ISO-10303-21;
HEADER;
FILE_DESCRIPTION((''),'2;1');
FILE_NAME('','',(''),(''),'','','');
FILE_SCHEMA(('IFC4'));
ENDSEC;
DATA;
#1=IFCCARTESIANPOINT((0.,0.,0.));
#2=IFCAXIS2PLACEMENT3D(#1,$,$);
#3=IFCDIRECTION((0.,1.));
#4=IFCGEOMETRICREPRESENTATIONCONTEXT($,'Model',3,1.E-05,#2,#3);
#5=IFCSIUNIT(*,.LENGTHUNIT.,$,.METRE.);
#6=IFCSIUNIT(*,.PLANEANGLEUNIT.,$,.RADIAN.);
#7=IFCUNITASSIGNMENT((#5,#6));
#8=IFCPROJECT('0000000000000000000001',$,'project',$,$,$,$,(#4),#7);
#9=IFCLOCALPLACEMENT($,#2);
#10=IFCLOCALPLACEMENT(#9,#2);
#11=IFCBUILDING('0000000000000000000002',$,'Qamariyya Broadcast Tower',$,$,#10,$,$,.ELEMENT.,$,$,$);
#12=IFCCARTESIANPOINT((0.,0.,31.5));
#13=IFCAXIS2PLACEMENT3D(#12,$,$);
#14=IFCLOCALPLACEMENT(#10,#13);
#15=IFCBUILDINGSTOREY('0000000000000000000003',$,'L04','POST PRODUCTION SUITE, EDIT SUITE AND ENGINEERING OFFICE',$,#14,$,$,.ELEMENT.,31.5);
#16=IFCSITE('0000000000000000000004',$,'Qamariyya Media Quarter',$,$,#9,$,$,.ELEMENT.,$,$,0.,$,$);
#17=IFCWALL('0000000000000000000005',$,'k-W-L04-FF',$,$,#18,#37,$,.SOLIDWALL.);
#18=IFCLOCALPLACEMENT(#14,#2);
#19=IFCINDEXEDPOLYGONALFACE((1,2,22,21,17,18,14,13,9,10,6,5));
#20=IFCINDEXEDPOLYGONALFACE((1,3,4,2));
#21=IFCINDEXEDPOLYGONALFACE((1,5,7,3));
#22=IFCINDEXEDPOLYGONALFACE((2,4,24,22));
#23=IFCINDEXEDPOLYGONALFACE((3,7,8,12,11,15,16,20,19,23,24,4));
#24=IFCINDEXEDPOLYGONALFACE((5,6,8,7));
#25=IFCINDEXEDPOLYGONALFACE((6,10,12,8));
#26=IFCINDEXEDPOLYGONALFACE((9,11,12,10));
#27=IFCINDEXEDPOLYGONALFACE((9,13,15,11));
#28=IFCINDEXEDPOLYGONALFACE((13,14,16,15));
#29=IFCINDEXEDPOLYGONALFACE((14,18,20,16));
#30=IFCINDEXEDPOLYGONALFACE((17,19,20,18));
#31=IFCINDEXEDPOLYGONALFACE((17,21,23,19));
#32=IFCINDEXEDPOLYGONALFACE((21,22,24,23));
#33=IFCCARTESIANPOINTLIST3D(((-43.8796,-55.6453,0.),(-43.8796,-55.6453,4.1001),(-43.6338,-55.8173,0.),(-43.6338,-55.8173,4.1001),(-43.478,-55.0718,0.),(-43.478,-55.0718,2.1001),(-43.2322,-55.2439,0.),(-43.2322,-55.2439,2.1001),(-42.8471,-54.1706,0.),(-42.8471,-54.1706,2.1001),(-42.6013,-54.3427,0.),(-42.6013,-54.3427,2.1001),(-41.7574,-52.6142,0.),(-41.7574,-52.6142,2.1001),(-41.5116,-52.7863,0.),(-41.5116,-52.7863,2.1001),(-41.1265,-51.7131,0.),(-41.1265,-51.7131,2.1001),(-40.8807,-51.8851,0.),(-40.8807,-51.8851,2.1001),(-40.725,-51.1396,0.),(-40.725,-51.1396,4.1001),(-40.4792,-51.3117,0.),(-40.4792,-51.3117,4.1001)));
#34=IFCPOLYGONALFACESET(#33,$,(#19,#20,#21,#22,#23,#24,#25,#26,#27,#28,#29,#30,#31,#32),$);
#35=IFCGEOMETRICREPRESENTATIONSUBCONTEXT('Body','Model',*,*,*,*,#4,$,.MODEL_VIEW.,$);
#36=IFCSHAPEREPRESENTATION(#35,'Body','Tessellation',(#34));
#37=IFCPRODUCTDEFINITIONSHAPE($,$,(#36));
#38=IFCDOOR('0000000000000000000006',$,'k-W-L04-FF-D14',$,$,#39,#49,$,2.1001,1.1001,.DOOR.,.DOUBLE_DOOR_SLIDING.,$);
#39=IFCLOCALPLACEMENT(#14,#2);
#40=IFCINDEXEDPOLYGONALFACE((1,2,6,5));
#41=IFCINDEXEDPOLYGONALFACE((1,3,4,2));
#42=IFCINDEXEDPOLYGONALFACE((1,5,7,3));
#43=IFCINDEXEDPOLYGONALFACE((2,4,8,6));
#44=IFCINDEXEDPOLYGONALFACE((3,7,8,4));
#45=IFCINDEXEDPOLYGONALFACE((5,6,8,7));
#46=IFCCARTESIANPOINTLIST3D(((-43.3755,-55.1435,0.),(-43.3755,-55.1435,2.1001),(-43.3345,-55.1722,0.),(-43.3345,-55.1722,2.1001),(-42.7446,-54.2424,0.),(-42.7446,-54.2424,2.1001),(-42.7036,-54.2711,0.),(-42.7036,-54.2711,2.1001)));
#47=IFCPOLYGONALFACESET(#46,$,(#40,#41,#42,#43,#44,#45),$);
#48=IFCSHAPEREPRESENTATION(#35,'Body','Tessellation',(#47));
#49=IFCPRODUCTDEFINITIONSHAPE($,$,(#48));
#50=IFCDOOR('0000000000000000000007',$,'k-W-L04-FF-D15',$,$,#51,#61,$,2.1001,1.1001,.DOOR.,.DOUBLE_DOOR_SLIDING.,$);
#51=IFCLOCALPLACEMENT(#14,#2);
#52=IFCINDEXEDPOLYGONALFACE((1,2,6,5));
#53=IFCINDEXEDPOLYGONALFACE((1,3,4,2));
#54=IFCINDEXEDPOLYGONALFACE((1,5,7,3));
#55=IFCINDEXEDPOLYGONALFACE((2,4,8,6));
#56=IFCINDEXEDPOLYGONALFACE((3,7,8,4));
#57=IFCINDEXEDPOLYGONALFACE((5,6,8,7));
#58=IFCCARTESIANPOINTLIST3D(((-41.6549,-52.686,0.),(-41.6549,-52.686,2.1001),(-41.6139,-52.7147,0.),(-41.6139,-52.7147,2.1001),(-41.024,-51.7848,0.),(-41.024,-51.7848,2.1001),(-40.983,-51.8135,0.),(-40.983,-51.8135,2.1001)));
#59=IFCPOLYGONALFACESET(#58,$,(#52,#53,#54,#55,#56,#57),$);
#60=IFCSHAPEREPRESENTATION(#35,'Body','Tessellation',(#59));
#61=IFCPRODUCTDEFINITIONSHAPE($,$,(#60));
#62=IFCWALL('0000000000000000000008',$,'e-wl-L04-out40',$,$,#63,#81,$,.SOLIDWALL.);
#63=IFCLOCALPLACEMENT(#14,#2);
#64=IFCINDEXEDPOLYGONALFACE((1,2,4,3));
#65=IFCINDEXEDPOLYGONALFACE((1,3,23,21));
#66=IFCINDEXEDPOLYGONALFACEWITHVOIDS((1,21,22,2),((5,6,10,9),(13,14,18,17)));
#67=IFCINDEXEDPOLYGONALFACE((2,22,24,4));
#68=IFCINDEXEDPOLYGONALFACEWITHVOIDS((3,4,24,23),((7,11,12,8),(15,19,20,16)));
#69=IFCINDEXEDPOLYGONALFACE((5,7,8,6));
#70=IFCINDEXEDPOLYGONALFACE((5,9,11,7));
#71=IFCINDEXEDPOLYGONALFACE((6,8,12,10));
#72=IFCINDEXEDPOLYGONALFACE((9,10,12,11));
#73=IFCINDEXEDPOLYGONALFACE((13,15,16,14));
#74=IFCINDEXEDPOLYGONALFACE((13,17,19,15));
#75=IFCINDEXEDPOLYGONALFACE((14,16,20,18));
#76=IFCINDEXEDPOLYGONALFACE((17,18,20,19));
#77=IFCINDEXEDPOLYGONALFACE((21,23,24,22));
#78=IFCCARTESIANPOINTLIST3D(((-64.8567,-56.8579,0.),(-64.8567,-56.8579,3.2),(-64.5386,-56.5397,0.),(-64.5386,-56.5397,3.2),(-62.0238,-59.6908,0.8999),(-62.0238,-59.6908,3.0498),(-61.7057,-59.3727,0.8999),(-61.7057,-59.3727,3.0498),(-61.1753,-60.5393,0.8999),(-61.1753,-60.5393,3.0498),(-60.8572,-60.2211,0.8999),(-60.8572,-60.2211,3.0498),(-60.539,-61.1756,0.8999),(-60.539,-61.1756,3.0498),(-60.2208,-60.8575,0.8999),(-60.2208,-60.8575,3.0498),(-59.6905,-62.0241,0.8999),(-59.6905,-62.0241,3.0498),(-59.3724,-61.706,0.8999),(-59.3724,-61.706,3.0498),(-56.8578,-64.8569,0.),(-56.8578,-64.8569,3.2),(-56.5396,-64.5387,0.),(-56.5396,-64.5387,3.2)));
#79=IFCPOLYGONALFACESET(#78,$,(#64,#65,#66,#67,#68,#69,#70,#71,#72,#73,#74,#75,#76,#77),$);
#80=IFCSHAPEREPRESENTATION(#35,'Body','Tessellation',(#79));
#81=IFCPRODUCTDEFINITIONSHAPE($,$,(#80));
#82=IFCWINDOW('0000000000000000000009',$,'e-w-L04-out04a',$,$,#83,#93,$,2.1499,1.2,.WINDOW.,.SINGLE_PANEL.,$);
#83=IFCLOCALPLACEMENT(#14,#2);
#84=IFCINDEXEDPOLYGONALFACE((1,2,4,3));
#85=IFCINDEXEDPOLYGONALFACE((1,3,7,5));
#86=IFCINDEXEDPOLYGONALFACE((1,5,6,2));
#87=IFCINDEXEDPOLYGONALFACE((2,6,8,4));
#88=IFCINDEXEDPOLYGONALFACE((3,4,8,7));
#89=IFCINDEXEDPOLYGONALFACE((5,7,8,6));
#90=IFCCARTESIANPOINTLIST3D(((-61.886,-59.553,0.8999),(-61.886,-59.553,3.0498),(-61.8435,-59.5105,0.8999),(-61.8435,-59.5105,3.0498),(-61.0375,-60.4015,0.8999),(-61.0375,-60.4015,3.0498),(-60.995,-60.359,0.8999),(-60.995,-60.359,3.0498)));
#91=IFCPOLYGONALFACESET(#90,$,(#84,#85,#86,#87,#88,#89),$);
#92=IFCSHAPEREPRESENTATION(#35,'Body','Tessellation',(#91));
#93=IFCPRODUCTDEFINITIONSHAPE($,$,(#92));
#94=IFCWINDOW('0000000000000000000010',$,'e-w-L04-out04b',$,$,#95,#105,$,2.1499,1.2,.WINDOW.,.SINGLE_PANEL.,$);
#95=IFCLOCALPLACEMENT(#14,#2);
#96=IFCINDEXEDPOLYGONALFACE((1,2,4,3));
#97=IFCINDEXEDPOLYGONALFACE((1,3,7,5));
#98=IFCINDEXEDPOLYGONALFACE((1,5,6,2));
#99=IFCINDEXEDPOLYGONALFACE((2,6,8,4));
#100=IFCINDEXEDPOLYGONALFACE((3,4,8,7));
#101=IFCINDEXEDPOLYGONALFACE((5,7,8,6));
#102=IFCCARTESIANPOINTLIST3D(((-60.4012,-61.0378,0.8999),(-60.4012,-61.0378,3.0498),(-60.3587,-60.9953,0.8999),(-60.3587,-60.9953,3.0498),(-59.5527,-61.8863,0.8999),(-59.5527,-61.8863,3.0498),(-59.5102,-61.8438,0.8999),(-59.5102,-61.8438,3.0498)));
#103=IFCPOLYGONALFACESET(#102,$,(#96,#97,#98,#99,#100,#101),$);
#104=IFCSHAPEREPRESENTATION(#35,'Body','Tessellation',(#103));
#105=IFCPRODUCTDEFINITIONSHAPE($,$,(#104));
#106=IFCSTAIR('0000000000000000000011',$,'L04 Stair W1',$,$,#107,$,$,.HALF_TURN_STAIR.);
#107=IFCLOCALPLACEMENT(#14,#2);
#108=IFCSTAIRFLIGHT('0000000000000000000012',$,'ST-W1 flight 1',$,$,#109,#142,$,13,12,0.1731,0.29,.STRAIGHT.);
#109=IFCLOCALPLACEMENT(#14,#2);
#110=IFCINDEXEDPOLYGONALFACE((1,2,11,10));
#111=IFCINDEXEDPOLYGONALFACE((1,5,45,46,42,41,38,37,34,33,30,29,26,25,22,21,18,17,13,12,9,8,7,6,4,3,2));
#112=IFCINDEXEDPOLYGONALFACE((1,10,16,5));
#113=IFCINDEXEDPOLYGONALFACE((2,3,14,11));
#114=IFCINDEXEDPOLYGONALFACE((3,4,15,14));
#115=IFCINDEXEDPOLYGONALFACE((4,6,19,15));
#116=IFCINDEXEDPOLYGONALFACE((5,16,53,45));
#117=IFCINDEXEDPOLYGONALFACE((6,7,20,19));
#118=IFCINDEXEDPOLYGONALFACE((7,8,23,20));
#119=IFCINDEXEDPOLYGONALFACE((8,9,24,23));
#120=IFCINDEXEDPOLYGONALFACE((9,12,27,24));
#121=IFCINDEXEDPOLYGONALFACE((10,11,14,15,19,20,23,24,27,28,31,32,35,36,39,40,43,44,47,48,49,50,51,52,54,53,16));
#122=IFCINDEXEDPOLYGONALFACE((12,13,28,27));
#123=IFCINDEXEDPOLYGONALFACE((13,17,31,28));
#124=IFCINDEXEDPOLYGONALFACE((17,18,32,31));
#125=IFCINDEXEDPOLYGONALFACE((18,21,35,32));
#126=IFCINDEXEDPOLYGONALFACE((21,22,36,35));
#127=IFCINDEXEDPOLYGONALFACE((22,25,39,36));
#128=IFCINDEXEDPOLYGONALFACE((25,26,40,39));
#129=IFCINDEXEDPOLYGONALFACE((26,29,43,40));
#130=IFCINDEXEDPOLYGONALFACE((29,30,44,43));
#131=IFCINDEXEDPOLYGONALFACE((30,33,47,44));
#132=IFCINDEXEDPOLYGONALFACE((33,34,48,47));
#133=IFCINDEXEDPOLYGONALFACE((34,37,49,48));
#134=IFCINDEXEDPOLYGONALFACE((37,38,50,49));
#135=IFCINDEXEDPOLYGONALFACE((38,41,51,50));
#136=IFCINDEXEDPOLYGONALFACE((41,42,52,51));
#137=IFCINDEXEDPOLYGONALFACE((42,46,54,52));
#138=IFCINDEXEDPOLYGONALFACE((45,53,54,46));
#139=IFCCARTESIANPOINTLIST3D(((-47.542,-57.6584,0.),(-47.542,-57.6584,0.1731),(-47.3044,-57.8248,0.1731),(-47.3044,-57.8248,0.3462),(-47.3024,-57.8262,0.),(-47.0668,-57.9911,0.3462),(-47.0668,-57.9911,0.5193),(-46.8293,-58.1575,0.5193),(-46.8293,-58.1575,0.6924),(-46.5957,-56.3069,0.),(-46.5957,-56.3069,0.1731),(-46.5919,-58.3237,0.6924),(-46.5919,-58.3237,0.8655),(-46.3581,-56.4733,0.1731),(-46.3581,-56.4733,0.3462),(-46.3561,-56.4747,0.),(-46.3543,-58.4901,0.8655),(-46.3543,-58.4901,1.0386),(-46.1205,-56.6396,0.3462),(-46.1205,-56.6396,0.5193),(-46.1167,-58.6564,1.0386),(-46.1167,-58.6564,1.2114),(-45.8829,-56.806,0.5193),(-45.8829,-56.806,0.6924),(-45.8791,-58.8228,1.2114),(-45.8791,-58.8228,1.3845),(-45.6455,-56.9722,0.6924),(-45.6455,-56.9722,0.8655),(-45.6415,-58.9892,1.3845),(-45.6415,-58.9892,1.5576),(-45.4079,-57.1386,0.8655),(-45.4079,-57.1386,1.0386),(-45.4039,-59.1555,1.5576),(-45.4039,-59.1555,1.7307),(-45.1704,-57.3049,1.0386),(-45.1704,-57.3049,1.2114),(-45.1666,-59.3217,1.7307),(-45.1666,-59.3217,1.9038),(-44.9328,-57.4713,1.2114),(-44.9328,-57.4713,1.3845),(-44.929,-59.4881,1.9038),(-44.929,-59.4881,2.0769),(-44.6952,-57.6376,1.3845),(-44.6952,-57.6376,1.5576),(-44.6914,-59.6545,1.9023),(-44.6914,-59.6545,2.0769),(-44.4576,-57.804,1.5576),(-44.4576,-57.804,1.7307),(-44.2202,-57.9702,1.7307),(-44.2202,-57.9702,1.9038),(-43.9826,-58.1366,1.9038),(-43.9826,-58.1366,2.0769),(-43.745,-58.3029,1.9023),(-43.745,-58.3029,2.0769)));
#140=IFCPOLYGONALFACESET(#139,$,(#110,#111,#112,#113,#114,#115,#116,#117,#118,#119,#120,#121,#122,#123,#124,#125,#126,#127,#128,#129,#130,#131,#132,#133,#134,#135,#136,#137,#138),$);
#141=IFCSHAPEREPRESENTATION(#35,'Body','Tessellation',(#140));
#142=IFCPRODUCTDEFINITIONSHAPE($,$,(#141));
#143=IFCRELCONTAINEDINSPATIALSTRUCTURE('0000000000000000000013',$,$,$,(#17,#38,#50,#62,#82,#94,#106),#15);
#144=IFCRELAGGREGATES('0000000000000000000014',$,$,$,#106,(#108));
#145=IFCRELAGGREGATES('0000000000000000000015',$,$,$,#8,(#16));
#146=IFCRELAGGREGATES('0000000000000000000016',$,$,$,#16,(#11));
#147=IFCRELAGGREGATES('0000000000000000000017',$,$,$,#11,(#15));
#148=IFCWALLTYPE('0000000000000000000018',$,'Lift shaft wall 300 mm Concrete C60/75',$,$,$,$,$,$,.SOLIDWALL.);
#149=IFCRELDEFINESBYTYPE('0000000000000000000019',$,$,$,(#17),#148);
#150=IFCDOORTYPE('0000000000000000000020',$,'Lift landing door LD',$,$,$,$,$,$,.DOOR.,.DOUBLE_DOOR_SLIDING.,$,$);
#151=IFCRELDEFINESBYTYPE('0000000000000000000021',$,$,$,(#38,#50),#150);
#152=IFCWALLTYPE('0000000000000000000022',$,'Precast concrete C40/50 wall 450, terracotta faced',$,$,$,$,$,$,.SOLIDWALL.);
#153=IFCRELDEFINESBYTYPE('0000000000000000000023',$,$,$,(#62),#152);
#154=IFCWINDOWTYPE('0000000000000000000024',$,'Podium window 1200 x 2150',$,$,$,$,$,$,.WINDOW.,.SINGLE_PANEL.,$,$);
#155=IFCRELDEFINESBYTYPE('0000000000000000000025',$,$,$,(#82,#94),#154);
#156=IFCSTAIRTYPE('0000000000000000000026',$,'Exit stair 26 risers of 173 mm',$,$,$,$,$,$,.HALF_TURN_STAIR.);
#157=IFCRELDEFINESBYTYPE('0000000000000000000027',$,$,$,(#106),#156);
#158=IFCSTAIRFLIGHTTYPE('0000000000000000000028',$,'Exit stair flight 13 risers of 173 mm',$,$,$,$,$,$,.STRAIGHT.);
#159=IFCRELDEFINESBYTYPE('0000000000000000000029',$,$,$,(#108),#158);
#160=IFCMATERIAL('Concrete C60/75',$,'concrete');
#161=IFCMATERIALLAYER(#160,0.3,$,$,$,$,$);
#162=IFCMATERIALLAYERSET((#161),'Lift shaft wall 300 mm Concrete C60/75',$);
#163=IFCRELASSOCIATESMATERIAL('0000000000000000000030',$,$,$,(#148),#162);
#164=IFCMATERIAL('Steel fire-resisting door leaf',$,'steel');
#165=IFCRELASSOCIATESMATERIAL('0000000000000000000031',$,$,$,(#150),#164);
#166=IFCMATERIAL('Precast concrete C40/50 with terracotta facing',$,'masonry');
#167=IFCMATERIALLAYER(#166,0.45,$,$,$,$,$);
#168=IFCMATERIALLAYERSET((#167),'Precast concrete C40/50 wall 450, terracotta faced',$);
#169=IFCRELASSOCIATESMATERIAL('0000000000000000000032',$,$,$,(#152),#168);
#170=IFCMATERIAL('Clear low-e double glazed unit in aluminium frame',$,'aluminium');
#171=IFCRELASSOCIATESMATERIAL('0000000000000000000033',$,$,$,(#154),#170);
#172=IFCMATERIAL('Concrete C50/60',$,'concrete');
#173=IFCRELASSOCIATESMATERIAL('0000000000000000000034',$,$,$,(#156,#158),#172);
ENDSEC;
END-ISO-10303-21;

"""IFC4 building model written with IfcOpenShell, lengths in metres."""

from ifc_helpers import new_model, si_unit, direction, frame, frame_2d, origin, place, context, subcontext, project, spatial, polyline, rectangle, outline, extrude, material, layer, layer_set, type_object, element, fill, aggregate, save


model = new_model("IFC4")

# Units and contexts
model_context = context("Model", 3, precision=1e-05, world=origin(), true_north=direction((0.0, 1.0)))
body_context = subcontext(model_context, "Body", "Model", "MODEL_VIEW")
ifc_project = project(units=[si_unit("LENGTHUNIT", "METRE"), si_unit("PLANEANGLEUNIT", "RADIAN")], contexts=[model_context])

# Site, building, storey
site_placement = place(None, origin())
site = spatial("IfcSite", under=ifc_project, at=site_placement, Name="Qamariyya Media Quarter", CompositionType="ELEMENT", RefElevation=0.0)
building_placement = place(site_placement, origin())
building = spatial("IfcBuilding", under=site, at=building_placement, Name="Qamariyya Broadcast Tower", CompositionType="ELEMENT")
storey_placement = place(building_placement, frame((0.0, 0.0, 31.5)))
storey = spatial("IfcBuildingStorey", under=building, at=storey_placement, Name="L04", Description="POST PRODUCTION SUITE, EDIT SUITE AND ENGINEERING OFFICE", CompositionType="ELEMENT", Elevation=31.5)

# Shared definitions
ifc_material_1 = material(Name="Concrete C50/60", Category="concrete")

# Shared definitions
ifc_material_2 = material(Name="Steel fire-resisting door leaf", Category="steel")

# Wall, openings, doors
ifc_material_3 = material(Name="Concrete C60/75", Category="concrete")
ifc_layer_1 = layer(ifc_material_3, 0.3)
ifc_layer_set_1 = layer_set([ifc_layer_1], Name="Lift shaft wall 300 mm Concrete C60/75")
wall_type_1 = type_object("IfcWallType", Name="Lift shaft wall 300 mm Concrete C60/75", PredefinedType="SOLIDWALL", material=ifc_layer_set_1)
wall_1_placement = place(storey_placement, frame((-43.7566, -55.7312, 0.0), z_axis=(0.0, 0.0, 1.0), x_axis=(0.573537, 0.81918, 0.0)))
wall_1 = element("IfcWall", 1, at=wall_1_placement, inside=storey, type_object=wall_type_1, Name="k-W-L04-FF", PredefinedType="SOLIDWALL", context=body_context, shape_type="SweptSolid", body=[
    extrude(rectangle(XDim=5.5002, YDim=0.3, at=frame_2d((2.75, 0.0))), origin(), (0.0, 0.0, 1.0), 4.1001),
])
opening_1_placement = place(wall_1_placement, frame((0.7, 0.0, 0.0)))
opening_1 = element("IfcOpeningElement", 2, at=opening_1_placement, cuts=wall_1, PredefinedType="OPENING", context=body_context, shape_type="SweptSolid", body=[
    extrude(rectangle(XDim=1.1001, YDim=2.1001, at=frame_2d((0.55, 1.05))), frame((0.0, 0.1599, 0.0), z_axis=(0.0, -1.0, 0.0), x_axis=(1.0, 0.0, 0.0)), (0.0, 0.0, 1.0), 0.3201),
])
opening_2_placement = place(wall_1_placement, frame((3.7, 0.0, 0.0)))
opening_2 = element("IfcOpeningElement", 3, at=opening_2_placement, cuts=wall_1, PredefinedType="OPENING", context=body_context, shape_type="SweptSolid", body=[
    extrude(rectangle(XDim=1.1001, YDim=2.1001, at=frame_2d((0.55, 1.05))), frame((0.0, 0.1599, 0.0), z_axis=(0.0, -1.0, 0.0), x_axis=(1.0, 0.0, 0.0)), (0.0, 0.0, 1.0), 0.3201),
])
door_type_1 = type_object("IfcDoorType", Name="Lift landing door LD", OperationType="DOUBLE_DOOR_SLIDING", PredefinedType="DOOR", material=ifc_material_2)
door_1_placement = place(opening_1_placement, origin())
door_1 = element("IfcDoor", 4, at=door_1_placement, inside=storey, type_object=door_type_1, Name="k-W-L04-FF-D14", OperationType="DOUBLE_DOOR_SLIDING", OverallHeight=2.1001, OverallWidth=1.1001, PredefinedType="DOOR", context=body_context, shape_type="SweptSolid", body=[
    extrude(rectangle(XDim=1.1001, YDim=2.1001, at=frame_2d((0.55, 1.05))), frame((0.0, 0.0249, 0.0), z_axis=(0.0, -1.0, 0.0), x_axis=(1.0, 0.0, 0.0)), (0.0, 0.0, 1.0), 0.05),
])
fill(opening_1, door_1)
door_2_placement = place(opening_2_placement, origin())
door_2 = element("IfcDoor", 5, at=door_2_placement, inside=storey, type_object=door_type_1, Name="k-W-L04-FF-D15", OperationType="DOUBLE_DOOR_SLIDING", OverallHeight=2.1001, OverallWidth=1.1001, PredefinedType="DOOR", context=body_context, shape_type="SweptSolid", body=[
    extrude(rectangle(XDim=1.1001, YDim=2.1001, at=frame_2d((0.55, 1.05))), frame((0.0, 0.0249, 0.0), z_axis=(0.0, -1.0, 0.0), x_axis=(1.0, 0.0, 0.0)), (0.0, 0.0, 1.0), 0.05),
])
fill(opening_2, door_2)

# Wall, openings, windows
ifc_material_4 = material(Name="Precast concrete C40/50 with terracotta facing", Category="masonry")
ifc_layer_2 = layer(ifc_material_4, 0.45)
ifc_layer_set_2 = layer_set([ifc_layer_2], Name="Precast concrete C40/50 wall 450, terracotta faced")
wall_type_2 = type_object("IfcWallType", Name="Precast concrete C40/50 wall 450, terracotta faced", PredefinedType="SOLIDWALL", material=ifc_layer_set_2)
wall_2_placement = place(storey_placement, frame((-64.6978, -56.6987, 0.0), z_axis=(0.0, 0.0, 1.0), x_axis=(0.707107, -0.707107, 0.0)))
wall_2 = element("IfcWall", 6, at=wall_2_placement, inside=storey, type_object=wall_type_2, Name="e-wl-L04-out40", PredefinedType="SOLIDWALL", context=body_context, shape_type="SweptSolid", body=[
    extrude(rectangle(XDim=11.3123, YDim=0.45, at=frame_2d((5.6562, 0.0))), origin(), (0.0, 0.0, 1.0), 3.2),
])
opening_3_placement = place(wall_2_placement, frame((4.0063, 0.0, 0.8999)))
opening_3 = element("IfcOpeningElement", 7, at=opening_3_placement, cuts=wall_2, PredefinedType="OPENING", context=body_context, shape_type="SweptSolid", body=[
    extrude(rectangle(XDim=1.2, YDim=2.1499, at=frame_2d((0.6001, 1.075))), frame((0.0, 0.2349, 0.0), z_axis=(0.0, -1.0, 0.0), x_axis=(1.0, 0.0, 0.0)), (0.0, 0.0, 1.0), 0.47),
])
opening_4_placement = place(wall_2_placement, frame((6.1062, 0.0, 0.8999)))
opening_4 = element("IfcOpeningElement", 8, at=opening_4_placement, cuts=wall_2, PredefinedType="OPENING", context=body_context, shape_type="SweptSolid", body=[
    extrude(rectangle(XDim=1.2, YDim=2.1499, at=frame_2d((0.6001, 1.075))), frame((0.0, 0.2349, 0.0), z_axis=(0.0, -1.0, 0.0), x_axis=(1.0, 0.0, 0.0)), (0.0, 0.0, 1.0), 0.47),
])
ifc_material_5 = material(Name="Clear low-e double glazed unit in aluminium frame", Category="aluminium")
window_type = type_object("IfcWindowType", Name="Podium window 1200 x 2150", PartitioningType="SINGLE_PANEL", PredefinedType="WINDOW", material=ifc_material_5)
window_1_placement = place(opening_3_placement, origin())
window_1 = element("IfcWindow", 9, at=window_1_placement, inside=storey, type_object=window_type, Name="e-w-L04-out04a", OverallHeight=2.1499, OverallWidth=1.2, PartitioningType="SINGLE_PANEL", PredefinedType="WINDOW", context=body_context, shape_type="SweptSolid", body=[
    extrude(rectangle(XDim=1.2, YDim=2.1499, at=frame_2d((0.6001, 1.075))), frame((0.0, 0.03, 0.0), z_axis=(0.0, -1.0, 0.0), x_axis=(1.0, 0.0, 0.0)), (0.0, 0.0, 1.0), 0.0601),
])
fill(opening_3, window_1)
window_2_placement = place(opening_4_placement, origin())
window_2 = element("IfcWindow", 10, at=window_2_placement, inside=storey, type_object=window_type, Name="e-w-L04-out04b", OverallHeight=2.1499, OverallWidth=1.2, PartitioningType="SINGLE_PANEL", PredefinedType="WINDOW", context=body_context, shape_type="SweptSolid", body=[
    extrude(rectangle(XDim=1.2, YDim=2.1499, at=frame_2d((0.6001, 1.075))), frame((0.0, 0.03, 0.0), z_axis=(0.0, -1.0, 0.0), x_axis=(1.0, 0.0, 0.0)), (0.0, 0.0, 1.0), 0.0601),
])
fill(opening_4, window_2)

# Stair, stair flight
stair_type = type_object("IfcStairType", Name="Exit stair 26 risers of 173 mm", PredefinedType="HALF_TURN_STAIR", material=ifc_material_1)
stair_placement = place(storey_placement, origin())
stair = element("IfcStair", 11, at=stair_placement, inside=storey, type_object=stair_type, Name="L04 Stair W1", PredefinedType="HALF_TURN_STAIR")
stair_flight_type = type_object("IfcStairFlightType", Name="Exit stair flight 13 risers of 173 mm", PredefinedType="STRAIGHT", material=ifc_material_1)
stair_flight_placement = place(storey_placement, frame((-47.0688, -56.9827, 0.0), z_axis=(0.0, 0.0, 1.0), x_axis=(0.819152, -0.573576, 0.0)))
stair_flight = element("IfcStairFlight", 12, at=stair_flight_placement, type_object=stair_flight_type, Name="ST-W1 flight 1", NumberOfRisers=13, NumberOfTreads=12, PredefinedType="STRAIGHT", RiserHeight=0.1731, TreadLength=0.29, context=body_context, shape_type="SweptSolid", body=[
    extrude(outline(polyline([(0.0, 0.0), (0.0, 0.1731), (0.29, 0.1731), (0.29, 0.3462), (0.5801, 0.3462), (0.5801, 0.5193), (0.8701, 0.5193), (0.8701, 0.6924), (1.1599, 0.6924), (1.1599, 0.8655), (1.45, 0.8655), (1.45, 1.0386), (1.74, 1.0386), (1.74, 1.2114), (2.03, 1.2114), (2.03, 1.3845), (2.3201, 1.3845), (2.3201, 1.5576), (2.6101, 1.5576), (2.6101, 1.7307), (2.8999, 1.7307), (2.8999, 1.9038), (3.1899, 1.9038), (3.1899, 2.0769), (3.48, 2.0769), (3.48, 2.25), (3.48, 1.9023), (0.2925, 0.0), (0.0, 0.0)])), frame((0.0, 0.825, 0.0), z_axis=(0.0, -1.0, 0.0), x_axis=(1.0, 0.0, 0.0)), (0.0, 0.0, 1.0), 1.6499),
])
aggregate(stair, [stair_flight])

save(model, "model.ifc")
